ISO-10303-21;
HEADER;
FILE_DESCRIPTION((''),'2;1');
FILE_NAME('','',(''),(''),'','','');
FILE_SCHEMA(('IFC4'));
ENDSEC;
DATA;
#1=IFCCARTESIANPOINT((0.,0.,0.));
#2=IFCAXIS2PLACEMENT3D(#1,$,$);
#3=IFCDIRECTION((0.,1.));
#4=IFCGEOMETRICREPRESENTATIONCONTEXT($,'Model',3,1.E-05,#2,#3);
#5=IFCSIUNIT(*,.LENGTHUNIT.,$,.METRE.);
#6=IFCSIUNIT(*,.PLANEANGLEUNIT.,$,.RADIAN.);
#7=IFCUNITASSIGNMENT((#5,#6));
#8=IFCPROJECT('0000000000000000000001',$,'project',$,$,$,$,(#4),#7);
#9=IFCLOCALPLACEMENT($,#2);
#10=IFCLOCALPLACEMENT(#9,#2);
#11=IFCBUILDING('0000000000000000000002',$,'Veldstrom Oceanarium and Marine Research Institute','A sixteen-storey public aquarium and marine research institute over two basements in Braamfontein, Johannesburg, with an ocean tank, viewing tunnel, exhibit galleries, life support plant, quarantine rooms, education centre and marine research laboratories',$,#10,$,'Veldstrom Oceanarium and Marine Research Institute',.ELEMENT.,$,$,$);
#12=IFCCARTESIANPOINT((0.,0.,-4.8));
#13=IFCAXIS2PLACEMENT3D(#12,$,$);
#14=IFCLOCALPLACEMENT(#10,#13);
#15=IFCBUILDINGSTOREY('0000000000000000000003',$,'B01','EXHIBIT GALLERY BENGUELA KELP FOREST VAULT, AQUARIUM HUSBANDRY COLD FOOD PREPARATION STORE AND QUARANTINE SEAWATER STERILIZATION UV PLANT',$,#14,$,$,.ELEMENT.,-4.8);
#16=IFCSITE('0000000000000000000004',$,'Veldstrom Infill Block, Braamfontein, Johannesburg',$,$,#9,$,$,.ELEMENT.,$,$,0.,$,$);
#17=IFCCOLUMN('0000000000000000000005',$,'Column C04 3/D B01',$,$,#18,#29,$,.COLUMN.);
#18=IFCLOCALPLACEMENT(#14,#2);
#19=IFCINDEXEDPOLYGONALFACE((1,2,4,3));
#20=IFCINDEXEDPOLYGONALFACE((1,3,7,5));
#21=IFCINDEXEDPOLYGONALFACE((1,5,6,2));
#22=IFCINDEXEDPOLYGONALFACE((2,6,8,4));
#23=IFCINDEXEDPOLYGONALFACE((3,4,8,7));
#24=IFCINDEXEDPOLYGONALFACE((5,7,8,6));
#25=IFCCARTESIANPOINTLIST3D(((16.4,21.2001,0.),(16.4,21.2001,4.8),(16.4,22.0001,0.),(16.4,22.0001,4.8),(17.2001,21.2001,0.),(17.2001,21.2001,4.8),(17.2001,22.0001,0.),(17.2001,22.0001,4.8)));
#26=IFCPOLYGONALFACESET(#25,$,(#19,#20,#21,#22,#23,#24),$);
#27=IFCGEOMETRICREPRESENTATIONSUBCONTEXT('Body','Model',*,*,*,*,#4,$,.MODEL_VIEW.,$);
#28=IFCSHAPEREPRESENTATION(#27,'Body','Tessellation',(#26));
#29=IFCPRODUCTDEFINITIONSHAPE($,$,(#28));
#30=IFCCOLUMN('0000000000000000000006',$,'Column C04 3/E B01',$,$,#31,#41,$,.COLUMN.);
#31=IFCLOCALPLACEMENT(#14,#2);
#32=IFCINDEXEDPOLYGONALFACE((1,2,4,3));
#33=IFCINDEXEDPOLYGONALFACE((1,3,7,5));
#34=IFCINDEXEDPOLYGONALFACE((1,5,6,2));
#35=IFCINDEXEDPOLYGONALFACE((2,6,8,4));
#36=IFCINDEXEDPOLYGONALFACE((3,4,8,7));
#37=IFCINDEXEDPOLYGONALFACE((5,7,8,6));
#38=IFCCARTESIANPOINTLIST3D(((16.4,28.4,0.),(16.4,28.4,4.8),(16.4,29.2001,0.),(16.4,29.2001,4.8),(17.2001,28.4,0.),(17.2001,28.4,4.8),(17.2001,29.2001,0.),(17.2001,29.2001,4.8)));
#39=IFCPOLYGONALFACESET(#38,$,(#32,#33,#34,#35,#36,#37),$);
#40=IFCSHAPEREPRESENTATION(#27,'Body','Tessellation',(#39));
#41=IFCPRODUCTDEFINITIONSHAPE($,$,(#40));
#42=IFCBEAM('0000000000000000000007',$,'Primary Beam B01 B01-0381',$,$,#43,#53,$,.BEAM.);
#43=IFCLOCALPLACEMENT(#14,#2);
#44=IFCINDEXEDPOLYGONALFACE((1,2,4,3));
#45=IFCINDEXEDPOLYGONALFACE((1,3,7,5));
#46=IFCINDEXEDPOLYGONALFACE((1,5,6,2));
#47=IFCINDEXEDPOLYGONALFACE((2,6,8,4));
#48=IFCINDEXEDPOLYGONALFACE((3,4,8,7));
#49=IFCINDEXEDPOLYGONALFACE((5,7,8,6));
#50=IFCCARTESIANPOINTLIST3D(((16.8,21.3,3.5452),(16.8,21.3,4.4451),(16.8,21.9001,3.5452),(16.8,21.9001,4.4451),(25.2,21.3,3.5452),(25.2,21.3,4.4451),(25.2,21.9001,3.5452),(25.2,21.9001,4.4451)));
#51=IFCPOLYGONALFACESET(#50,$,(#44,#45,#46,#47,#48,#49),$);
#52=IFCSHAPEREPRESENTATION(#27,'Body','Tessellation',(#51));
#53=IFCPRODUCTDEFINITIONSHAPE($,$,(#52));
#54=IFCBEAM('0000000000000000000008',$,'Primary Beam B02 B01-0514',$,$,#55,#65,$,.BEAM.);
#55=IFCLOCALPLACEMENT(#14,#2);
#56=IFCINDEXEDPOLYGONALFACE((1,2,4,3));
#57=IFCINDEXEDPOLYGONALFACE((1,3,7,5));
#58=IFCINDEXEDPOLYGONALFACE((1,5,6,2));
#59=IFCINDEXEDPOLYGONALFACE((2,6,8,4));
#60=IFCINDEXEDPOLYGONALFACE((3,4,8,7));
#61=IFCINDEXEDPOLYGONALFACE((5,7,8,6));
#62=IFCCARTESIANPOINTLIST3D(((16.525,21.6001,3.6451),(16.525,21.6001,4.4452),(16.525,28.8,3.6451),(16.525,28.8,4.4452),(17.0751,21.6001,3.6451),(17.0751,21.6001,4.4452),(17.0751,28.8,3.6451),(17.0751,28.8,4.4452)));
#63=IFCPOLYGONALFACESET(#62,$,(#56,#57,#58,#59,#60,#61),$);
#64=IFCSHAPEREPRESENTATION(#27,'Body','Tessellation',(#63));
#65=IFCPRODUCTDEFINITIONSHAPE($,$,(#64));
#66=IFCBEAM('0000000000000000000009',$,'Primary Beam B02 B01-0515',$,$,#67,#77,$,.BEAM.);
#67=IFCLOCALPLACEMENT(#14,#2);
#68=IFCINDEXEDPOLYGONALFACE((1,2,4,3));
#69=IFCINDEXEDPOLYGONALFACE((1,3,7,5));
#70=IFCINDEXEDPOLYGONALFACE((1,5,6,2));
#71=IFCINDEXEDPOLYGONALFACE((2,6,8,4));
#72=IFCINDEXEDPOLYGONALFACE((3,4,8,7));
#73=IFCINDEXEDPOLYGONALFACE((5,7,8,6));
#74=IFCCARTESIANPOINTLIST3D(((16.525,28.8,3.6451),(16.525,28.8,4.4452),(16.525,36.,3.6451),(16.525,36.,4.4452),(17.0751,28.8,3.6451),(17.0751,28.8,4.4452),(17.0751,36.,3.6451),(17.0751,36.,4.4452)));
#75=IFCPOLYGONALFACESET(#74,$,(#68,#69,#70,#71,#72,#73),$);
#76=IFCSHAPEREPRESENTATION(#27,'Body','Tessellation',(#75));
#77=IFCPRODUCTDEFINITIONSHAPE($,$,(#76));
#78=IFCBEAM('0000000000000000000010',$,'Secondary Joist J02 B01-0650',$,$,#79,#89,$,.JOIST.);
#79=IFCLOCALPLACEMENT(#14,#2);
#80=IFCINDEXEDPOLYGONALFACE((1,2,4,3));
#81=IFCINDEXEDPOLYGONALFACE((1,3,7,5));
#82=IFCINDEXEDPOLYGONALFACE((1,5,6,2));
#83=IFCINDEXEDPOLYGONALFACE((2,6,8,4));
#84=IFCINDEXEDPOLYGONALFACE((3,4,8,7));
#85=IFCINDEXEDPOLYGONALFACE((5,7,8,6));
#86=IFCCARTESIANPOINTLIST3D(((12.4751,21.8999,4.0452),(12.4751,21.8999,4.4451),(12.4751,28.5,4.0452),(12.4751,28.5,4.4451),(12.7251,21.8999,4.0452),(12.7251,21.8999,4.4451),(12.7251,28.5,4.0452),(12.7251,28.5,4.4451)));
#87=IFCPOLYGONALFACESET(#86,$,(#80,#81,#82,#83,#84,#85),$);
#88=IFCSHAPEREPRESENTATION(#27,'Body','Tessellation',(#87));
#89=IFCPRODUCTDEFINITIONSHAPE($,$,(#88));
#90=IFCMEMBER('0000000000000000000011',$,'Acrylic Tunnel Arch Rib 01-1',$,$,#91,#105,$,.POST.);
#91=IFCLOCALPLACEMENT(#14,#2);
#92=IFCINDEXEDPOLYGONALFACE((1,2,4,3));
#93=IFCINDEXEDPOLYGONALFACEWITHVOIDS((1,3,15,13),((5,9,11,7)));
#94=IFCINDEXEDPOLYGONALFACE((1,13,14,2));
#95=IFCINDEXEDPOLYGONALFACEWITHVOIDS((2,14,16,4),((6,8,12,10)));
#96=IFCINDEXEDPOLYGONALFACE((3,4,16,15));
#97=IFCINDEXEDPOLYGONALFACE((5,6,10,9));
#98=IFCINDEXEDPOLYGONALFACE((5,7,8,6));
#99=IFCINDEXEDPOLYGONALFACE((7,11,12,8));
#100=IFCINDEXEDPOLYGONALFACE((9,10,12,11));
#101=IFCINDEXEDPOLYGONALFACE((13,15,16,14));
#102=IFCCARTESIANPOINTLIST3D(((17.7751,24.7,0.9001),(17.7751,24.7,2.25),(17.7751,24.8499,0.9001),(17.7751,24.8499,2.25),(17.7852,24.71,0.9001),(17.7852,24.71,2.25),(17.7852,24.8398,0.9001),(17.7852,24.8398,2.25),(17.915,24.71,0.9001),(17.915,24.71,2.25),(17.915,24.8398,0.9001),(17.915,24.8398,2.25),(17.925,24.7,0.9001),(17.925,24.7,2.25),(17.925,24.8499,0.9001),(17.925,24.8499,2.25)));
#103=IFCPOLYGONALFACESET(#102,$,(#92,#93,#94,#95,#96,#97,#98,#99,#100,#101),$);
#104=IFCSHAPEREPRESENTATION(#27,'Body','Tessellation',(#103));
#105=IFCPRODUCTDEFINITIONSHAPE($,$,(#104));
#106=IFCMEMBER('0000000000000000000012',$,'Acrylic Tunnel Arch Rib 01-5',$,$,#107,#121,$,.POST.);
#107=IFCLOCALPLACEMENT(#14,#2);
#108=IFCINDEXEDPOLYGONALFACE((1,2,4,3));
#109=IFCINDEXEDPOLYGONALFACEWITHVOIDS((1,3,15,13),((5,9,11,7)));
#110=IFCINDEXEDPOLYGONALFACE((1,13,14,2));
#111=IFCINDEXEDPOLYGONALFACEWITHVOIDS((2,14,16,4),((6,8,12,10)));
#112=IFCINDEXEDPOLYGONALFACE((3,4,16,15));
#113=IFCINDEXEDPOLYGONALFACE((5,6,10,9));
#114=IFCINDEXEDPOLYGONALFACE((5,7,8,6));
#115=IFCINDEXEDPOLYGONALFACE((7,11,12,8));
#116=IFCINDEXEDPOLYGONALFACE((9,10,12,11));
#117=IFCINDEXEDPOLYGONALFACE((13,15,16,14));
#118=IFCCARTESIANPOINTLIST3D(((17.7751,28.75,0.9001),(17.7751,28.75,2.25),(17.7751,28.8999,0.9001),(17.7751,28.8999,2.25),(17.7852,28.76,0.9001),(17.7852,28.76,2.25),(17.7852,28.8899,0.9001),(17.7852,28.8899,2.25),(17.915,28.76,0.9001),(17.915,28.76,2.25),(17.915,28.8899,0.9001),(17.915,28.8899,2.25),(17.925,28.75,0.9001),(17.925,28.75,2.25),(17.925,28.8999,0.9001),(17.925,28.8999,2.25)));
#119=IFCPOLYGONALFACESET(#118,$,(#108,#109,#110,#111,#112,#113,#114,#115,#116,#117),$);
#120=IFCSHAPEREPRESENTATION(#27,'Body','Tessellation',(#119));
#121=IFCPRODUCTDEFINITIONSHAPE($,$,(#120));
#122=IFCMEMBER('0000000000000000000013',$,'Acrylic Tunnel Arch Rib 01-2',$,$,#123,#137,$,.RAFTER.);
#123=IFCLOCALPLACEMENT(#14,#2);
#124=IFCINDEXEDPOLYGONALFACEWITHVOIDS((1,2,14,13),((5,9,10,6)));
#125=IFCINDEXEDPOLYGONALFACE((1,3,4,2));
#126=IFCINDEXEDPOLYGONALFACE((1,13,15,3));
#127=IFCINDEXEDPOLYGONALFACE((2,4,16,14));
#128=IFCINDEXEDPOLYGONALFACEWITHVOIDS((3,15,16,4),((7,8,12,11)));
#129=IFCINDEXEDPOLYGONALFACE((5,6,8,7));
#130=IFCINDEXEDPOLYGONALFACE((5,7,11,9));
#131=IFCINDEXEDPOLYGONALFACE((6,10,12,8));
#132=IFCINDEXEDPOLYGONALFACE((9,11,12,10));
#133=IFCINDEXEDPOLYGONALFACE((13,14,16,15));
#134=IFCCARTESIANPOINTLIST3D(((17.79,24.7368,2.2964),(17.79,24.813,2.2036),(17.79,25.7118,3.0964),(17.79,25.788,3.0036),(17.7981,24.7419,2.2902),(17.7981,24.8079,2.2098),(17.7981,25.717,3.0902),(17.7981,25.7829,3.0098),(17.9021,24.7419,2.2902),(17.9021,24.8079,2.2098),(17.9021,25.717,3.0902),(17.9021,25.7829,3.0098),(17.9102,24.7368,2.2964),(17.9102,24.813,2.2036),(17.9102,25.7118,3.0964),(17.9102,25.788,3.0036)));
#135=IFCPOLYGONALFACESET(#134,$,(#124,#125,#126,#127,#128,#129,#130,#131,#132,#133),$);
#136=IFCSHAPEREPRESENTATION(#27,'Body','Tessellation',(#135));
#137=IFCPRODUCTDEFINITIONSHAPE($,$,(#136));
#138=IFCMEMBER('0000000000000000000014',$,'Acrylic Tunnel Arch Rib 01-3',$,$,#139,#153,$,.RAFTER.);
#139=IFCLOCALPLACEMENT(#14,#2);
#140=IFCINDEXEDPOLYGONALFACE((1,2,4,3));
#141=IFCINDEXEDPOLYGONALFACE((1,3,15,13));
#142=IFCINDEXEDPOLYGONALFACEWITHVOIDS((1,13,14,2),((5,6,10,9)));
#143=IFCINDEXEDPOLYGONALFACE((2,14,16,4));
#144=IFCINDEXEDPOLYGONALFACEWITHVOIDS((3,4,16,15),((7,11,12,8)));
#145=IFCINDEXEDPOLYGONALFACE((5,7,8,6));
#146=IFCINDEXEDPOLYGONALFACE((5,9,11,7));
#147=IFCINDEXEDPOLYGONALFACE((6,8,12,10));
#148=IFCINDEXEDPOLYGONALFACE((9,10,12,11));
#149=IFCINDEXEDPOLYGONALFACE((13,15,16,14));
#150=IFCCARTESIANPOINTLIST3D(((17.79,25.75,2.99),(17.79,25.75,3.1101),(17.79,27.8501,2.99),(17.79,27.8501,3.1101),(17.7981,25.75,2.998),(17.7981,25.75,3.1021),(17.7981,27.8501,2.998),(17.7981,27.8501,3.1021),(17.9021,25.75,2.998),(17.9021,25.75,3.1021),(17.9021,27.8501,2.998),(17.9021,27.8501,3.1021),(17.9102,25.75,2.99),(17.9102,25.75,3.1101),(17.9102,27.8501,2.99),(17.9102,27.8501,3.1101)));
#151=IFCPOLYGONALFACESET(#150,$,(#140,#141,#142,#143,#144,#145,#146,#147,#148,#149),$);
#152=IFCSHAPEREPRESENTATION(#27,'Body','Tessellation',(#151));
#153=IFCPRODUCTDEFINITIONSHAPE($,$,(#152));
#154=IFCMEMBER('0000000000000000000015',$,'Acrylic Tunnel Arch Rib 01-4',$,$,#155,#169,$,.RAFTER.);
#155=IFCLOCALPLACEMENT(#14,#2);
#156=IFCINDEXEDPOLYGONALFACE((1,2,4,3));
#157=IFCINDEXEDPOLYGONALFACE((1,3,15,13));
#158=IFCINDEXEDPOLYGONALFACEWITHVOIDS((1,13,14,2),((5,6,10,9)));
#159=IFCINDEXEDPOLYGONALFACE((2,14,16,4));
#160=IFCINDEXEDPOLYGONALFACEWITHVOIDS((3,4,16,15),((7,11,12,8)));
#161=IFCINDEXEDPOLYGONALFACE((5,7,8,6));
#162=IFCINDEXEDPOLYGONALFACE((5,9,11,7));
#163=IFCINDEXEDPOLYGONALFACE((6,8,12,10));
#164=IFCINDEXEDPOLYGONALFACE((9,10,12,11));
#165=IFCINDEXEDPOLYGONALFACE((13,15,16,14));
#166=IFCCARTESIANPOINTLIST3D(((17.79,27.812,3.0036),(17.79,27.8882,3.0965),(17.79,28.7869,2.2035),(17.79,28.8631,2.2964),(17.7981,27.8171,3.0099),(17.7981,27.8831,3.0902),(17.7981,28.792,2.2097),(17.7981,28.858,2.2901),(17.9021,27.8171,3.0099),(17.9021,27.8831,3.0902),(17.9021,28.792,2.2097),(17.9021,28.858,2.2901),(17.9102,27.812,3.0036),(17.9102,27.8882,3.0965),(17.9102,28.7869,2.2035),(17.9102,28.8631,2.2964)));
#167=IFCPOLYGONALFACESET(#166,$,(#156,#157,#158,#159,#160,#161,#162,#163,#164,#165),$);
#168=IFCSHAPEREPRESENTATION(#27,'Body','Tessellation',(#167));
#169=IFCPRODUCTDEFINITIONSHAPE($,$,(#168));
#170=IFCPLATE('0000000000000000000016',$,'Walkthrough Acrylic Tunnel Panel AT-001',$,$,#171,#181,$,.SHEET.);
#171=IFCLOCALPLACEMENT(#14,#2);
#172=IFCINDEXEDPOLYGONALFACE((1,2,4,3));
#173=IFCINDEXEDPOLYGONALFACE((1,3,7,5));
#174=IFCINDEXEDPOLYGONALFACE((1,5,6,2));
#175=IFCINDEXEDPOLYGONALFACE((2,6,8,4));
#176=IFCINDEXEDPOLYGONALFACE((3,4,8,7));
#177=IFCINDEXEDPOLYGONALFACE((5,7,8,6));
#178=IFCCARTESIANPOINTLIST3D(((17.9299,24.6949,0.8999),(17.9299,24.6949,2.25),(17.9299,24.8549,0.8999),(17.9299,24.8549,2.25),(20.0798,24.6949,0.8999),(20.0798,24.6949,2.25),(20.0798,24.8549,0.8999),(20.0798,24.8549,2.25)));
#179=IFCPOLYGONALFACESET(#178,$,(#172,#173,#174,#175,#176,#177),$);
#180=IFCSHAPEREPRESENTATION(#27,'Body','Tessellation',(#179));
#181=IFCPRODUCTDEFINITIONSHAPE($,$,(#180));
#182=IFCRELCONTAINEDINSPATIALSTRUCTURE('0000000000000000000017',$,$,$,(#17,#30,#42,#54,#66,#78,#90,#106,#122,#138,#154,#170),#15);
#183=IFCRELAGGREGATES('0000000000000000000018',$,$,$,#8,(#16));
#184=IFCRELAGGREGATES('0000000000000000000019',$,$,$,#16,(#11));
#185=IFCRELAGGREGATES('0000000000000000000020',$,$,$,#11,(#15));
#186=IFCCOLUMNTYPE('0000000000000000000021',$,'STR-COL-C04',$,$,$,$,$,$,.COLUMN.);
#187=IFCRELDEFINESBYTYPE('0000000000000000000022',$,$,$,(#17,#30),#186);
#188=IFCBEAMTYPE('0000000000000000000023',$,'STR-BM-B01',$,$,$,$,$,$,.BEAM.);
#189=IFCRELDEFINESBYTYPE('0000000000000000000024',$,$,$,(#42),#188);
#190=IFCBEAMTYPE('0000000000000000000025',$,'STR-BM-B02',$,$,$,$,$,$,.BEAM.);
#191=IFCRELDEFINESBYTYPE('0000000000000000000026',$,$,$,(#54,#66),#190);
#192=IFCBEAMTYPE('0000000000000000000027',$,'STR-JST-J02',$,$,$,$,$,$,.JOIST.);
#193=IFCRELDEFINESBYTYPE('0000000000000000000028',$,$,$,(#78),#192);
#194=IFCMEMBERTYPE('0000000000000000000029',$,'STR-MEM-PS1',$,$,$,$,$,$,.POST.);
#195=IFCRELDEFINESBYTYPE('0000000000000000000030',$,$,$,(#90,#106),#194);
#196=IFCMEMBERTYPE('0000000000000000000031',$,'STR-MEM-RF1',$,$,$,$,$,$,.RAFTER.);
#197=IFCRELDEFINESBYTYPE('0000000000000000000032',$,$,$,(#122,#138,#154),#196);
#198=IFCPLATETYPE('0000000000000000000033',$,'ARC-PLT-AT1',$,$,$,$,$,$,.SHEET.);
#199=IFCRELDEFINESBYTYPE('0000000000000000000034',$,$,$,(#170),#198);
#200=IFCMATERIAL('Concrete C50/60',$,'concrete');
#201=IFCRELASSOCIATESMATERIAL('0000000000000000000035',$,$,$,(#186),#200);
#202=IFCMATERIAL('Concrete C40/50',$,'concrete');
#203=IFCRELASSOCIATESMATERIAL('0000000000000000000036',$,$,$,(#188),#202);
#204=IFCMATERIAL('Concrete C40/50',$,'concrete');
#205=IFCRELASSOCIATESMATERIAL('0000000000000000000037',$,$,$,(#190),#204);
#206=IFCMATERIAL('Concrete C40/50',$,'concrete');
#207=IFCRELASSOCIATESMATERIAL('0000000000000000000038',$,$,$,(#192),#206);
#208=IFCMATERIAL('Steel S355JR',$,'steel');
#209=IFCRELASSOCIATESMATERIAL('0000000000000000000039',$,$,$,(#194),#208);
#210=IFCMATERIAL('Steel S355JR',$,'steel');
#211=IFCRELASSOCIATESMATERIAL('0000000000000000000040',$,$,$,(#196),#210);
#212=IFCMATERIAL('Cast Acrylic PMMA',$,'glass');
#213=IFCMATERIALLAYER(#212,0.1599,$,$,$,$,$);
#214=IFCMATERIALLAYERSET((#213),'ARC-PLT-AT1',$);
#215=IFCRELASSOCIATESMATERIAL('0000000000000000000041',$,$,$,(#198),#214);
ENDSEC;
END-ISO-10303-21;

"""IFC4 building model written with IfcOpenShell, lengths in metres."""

from ifc_helpers import new_model, si_unit, direction, frame, origin, origin_2d, place, context, subcontext, project, spatial, rectangle, hollow_rectangle, extrude, material, layer, layer_set, material_profile, profile_set, type_object, element, save


model = new_model("IFC4")

# Units and contexts
model_context = context("Model", 3, precision=1e-05, world=origin(), true_north=direction((0.0, 1.0)))
body_context = subcontext(model_context, "Body", "Model", "MODEL_VIEW")
ifc_project = project(units=[si_unit("LENGTHUNIT", "METRE"), si_unit("PLANEANGLEUNIT", "RADIAN")], contexts=[model_context])

# Site, building, storey
site_placement = place(None, origin())
site = spatial("IfcSite", under=ifc_project, at=site_placement, Name="Veldstrom Infill Block, Braamfontein, Johannesburg", CompositionType="ELEMENT", RefElevation=0.0)
building_placement = place(site_placement, origin())
building = spatial("IfcBuilding", under=site, at=building_placement, Name="Veldstrom Oceanarium and Marine Research Institute", Description="A sixteen-storey public aquarium and marine research institute over two basements in Braamfontein, Johannesburg, with an ocean tank, viewing tunnel, exhibit galleries, life support plant, quarantine rooms, education centre and marine research laboratories", LongName="Veldstrom Oceanarium and Marine Research Institute", CompositionType="ELEMENT")
storey_placement = place(building_placement, frame((0.0, 0.0, -4.8)))
storey = spatial("IfcBuildingStorey", under=building, at=storey_placement, Name="B01", Description="EXHIBIT GALLERY BENGUELA KELP FOREST VAULT, AQUARIUM HUSBANDRY COLD FOOD PREPARATION STORE AND QUARANTINE SEAWATER STERILIZATION UV PLANT", CompositionType="ELEMENT", Elevation=-4.8)

# Columns
ifc_material_1 = material(Name="Concrete C50/60", Category="concrete")
ifc_material_profile_1 = material_profile(ifc_material_1, rectangle(XDim=0.8, YDim=0.8, at=origin_2d()), Name="RC-COL-800x800")
ifc_profile_set_1 = profile_set([ifc_material_profile_1], Name="Concrete C50/60")
column_type = type_object("IfcColumnType", Name="STR-COL-C04", PredefinedType="COLUMN", material=ifc_profile_set_1)
for number, where, z_axis, x_axis, name in (
    (1, (16.8, 21.6001, 0.0), (0.0, 0.0, 1.0), (1.0, 0.0, 0.0), "Column C04 3/D B01"),
    (2, (16.8, 28.8, 0.0), (0.0, 0.0, 1.0), (1.0, 0.0, 0.0), "Column C04 3/E B01"),
):
    element("IfcColumn", number, at=place(storey_placement, frame(where, z_axis=z_axis, x_axis=x_axis)), inside=storey, type_object=column_type, Name=name, PredefinedType="COLUMN", context=body_context, shape_type="SweptSolid", body=[
        extrude(rectangle(XDim=0.8, YDim=0.8, at=origin_2d()), origin(), (0.0, 0.0, 1.0), 4.8),
    ])

# Beams
ifc_material_2 = material(Name="Concrete C40/50", Category="concrete")
ifc_material_profile_2 = material_profile(ifc_material_2, rectangle(XDim=0.6001, YDim=0.8999, at=origin_2d()), Name="RC-BM-600x900")
ifc_profile_set_2 = profile_set([ifc_material_profile_2], Name="Concrete C40/50")
beam_type_1 = type_object("IfcBeamType", Name="STR-BM-B01", PredefinedType="BEAM", material=ifc_profile_set_2)
beam_1_placement = place(storey_placement, frame((16.8, 21.6001, 3.9951), z_axis=(1.0, 0.0, 0.0), x_axis=(0.0, 1.0, 0.0)))
element("IfcBeam", 3, at=beam_1_placement, inside=storey, type_object=beam_type_1, Name="Primary Beam B01 B01-0381", PredefinedType="BEAM", context=body_context, shape_type="SweptSolid", body=[
    extrude(rectangle(XDim=0.6001, YDim=0.8999, at=origin_2d()), origin(), (0.0, 0.0, 1.0), 8.3999),
])
ifc_material_3 = material(Name="Concrete C40/50", Category="concrete")
ifc_material_profile_3 = material_profile(ifc_material_3, rectangle(XDim=0.55, YDim=0.8, at=origin_2d()), Name="RC-BM-550x800")
ifc_profile_set_3 = profile_set([ifc_material_profile_3], Name="Concrete C40/50")
beam_type_2 = type_object("IfcBeamType", Name="STR-BM-B02", PredefinedType="BEAM", material=ifc_profile_set_3)
for number, where, z_axis, x_axis, name in (
    (4, (16.8, 21.6001, 4.0452), (0.0, 1.0, 0.0), (-1.0, 0.0, 0.0), "Primary Beam B02 B01-0514"),
    (5, (16.8, 28.8, 4.0452), (0.0, 1.0, 0.0), (-1.0, 0.0, 0.0), "Primary Beam B02 B01-0515"),
):
    element("IfcBeam", number, at=place(storey_placement, frame(where, z_axis=z_axis, x_axis=x_axis)), inside=storey, type_object=beam_type_2, Name=name, PredefinedType="BEAM", context=body_context, shape_type="SweptSolid", body=[
        extrude(rectangle(XDim=0.55, YDim=0.8, at=origin_2d()), origin(), (0.0, 0.0, 1.0), 7.2),
    ])
ifc_material_4 = material(Name="Concrete C40/50", Category="concrete")
ifc_material_profile_4 = material_profile(ifc_material_4, rectangle(XDim=0.25, YDim=0.3999, at=origin_2d()), Name="RC-JST-250x400")
ifc_profile_set_4 = profile_set([ifc_material_profile_4], Name="Concrete C40/50")
beam_type_3 = type_object("IfcBeamType", Name="STR-JST-J02", PredefinedType="JOIST", material=ifc_profile_set_4)
beam_2_placement = place(storey_placement, frame((12.6001, 21.8999, 4.2451), z_axis=(0.0, 1.0, 0.0), x_axis=(-1.0, 0.0, 0.0)))
element("IfcBeam", 6, at=beam_2_placement, inside=storey, type_object=beam_type_3, Name="Secondary Joist J02 B01-0650", PredefinedType="JOIST", context=body_context, shape_type="SweptSolid", body=[
    extrude(rectangle(XDim=0.25, YDim=0.3999, at=origin_2d()), origin(), (0.0, 0.0, 1.0), 6.6001),
])

# Members
ifc_material_5 = material(Name="Steel S355JR", Category="steel")
ifc_material_profile_5 = material_profile(ifc_material_5, hollow_rectangle(XDim=0.1499, YDim=0.1499, WallThickness=0.01, at=origin_2d()), Name="SHS 150x150x10")
ifc_profile_set_5 = profile_set([ifc_material_profile_5], Name="Steel S355JR")
member_type_1 = type_object("IfcMemberType", Name="STR-MEM-PS1", PredefinedType="POST", material=ifc_profile_set_5)
for number, where, z_axis, x_axis, name in (
    (7, (17.8501, 24.7749, 0.9001), (0.0, 0.0, 1.0), (1.0, 0.0, 0.0), "Acrylic Tunnel Arch Rib 01-1"),
    (8, (17.8501, 28.825, 2.25), (0.0, 0.0, -1.0), (1.0, 0.0, 0.0), "Acrylic Tunnel Arch Rib 01-5"),
):
    element("IfcMember", number, at=place(storey_placement, frame(where, z_axis=z_axis, x_axis=x_axis)), inside=storey, type_object=member_type_1, Name=name, PredefinedType="POST", context=body_context, shape_type="SweptSolid", body=[
        extrude(hollow_rectangle(XDim=0.1499, YDim=0.1499, WallThickness=0.01, at=origin_2d()), origin(), (0.0, 0.0, 1.0), 1.3499),
    ])
ifc_material_6 = material(Name="Steel S355JR", Category="steel")
ifc_material_profile_6 = material_profile(ifc_material_6, hollow_rectangle(XDim=0.1201, YDim=0.1201, WallThickness=0.0081, at=origin_2d()), Name="SHS 120x120x8")
ifc_profile_set_6 = profile_set([ifc_material_profile_6], Name="Steel S355JR")
member_type_2 = type_object("IfcMemberType", Name="STR-MEM-RF1", PredefinedType="RAFTER", material=ifc_profile_set_6)
member_1_placement = place(storey_placement, frame((17.8501, 24.7749, 2.25), z_axis=(0.0, 0.773086, 0.634302), x_axis=(-1.0, 0.0, 0.0)))
element("IfcMember", 9, at=member_1_placement, inside=storey, type_object=member_type_2, Name="Acrylic Tunnel Arch Rib 01-2", PredefinedType="RAFTER", context=body_context, shape_type="SweptSolid", body=[
    extrude(hollow_rectangle(XDim=0.1201, YDim=0.1201, WallThickness=0.0081, at=origin_2d()), origin(), (0.0, 0.0, 1.0), 1.2612),
])
member_2_placement = place(storey_placement, frame((17.8501, 25.75, 3.05), z_axis=(0.0, 1.0, 0.0), x_axis=(-1.0, 0.0, 0.0)))
element("IfcMember", 10, at=member_2_placement, inside=storey, type_object=member_type_2, Name="Acrylic Tunnel Arch Rib 01-3", PredefinedType="RAFTER", context=body_context, shape_type="SweptSolid", body=[
    extrude(hollow_rectangle(XDim=0.1201, YDim=0.1201, WallThickness=0.0081, at=origin_2d()), origin(), (0.0, 0.0, 1.0), 2.1001),
])
member_3_placement = place(storey_placement, frame((17.8501, 27.8501, 3.05), z_axis=(0.0, 0.773008, -0.634397), x_axis=(-1.0, 0.0, 0.0)))
element("IfcMember", 11, at=member_3_placement, inside=storey, type_object=member_type_2, Name="Acrylic Tunnel Arch Rib 01-4", PredefinedType="RAFTER", context=body_context, shape_type="SweptSolid", body=[
    extrude(hollow_rectangle(XDim=0.1201, YDim=0.1201, WallThickness=0.0081, at=origin_2d()), origin(), (0.0, 0.0, 1.0), 1.2612),
])

# Plate
ifc_material_7 = material(Name="Cast Acrylic PMMA", Category="glass")
ifc_layer_1 = layer(ifc_material_7, 0.1599)
ifc_layer_set_1 = layer_set([ifc_layer_1], Name="ARC-PLT-AT1")
plate_type_1 = type_object("IfcPlateType", Name="ARC-PLT-AT1", PredefinedType="SHEET", material=ifc_layer_set_1)
plate_1_placement = place(storey_placement, frame((19.0049, 24.7749, 0.8999), z_axis=(0.0, 0.0, 1.0), x_axis=(1.0, 0.0, 0.0)))
element("IfcPlate", 12, at=plate_1_placement, inside=storey, type_object=plate_type_1, Name="Walkthrough Acrylic Tunnel Panel AT-001", PredefinedType="SHEET", context=body_context, shape_type="SweptSolid", body=[
    extrude(rectangle(XDim=2.1499, YDim=0.1599, at=origin_2d()), origin(), (0.0, 0.0, 1.0), 1.3501),
])

save(model, "model.ifc")
